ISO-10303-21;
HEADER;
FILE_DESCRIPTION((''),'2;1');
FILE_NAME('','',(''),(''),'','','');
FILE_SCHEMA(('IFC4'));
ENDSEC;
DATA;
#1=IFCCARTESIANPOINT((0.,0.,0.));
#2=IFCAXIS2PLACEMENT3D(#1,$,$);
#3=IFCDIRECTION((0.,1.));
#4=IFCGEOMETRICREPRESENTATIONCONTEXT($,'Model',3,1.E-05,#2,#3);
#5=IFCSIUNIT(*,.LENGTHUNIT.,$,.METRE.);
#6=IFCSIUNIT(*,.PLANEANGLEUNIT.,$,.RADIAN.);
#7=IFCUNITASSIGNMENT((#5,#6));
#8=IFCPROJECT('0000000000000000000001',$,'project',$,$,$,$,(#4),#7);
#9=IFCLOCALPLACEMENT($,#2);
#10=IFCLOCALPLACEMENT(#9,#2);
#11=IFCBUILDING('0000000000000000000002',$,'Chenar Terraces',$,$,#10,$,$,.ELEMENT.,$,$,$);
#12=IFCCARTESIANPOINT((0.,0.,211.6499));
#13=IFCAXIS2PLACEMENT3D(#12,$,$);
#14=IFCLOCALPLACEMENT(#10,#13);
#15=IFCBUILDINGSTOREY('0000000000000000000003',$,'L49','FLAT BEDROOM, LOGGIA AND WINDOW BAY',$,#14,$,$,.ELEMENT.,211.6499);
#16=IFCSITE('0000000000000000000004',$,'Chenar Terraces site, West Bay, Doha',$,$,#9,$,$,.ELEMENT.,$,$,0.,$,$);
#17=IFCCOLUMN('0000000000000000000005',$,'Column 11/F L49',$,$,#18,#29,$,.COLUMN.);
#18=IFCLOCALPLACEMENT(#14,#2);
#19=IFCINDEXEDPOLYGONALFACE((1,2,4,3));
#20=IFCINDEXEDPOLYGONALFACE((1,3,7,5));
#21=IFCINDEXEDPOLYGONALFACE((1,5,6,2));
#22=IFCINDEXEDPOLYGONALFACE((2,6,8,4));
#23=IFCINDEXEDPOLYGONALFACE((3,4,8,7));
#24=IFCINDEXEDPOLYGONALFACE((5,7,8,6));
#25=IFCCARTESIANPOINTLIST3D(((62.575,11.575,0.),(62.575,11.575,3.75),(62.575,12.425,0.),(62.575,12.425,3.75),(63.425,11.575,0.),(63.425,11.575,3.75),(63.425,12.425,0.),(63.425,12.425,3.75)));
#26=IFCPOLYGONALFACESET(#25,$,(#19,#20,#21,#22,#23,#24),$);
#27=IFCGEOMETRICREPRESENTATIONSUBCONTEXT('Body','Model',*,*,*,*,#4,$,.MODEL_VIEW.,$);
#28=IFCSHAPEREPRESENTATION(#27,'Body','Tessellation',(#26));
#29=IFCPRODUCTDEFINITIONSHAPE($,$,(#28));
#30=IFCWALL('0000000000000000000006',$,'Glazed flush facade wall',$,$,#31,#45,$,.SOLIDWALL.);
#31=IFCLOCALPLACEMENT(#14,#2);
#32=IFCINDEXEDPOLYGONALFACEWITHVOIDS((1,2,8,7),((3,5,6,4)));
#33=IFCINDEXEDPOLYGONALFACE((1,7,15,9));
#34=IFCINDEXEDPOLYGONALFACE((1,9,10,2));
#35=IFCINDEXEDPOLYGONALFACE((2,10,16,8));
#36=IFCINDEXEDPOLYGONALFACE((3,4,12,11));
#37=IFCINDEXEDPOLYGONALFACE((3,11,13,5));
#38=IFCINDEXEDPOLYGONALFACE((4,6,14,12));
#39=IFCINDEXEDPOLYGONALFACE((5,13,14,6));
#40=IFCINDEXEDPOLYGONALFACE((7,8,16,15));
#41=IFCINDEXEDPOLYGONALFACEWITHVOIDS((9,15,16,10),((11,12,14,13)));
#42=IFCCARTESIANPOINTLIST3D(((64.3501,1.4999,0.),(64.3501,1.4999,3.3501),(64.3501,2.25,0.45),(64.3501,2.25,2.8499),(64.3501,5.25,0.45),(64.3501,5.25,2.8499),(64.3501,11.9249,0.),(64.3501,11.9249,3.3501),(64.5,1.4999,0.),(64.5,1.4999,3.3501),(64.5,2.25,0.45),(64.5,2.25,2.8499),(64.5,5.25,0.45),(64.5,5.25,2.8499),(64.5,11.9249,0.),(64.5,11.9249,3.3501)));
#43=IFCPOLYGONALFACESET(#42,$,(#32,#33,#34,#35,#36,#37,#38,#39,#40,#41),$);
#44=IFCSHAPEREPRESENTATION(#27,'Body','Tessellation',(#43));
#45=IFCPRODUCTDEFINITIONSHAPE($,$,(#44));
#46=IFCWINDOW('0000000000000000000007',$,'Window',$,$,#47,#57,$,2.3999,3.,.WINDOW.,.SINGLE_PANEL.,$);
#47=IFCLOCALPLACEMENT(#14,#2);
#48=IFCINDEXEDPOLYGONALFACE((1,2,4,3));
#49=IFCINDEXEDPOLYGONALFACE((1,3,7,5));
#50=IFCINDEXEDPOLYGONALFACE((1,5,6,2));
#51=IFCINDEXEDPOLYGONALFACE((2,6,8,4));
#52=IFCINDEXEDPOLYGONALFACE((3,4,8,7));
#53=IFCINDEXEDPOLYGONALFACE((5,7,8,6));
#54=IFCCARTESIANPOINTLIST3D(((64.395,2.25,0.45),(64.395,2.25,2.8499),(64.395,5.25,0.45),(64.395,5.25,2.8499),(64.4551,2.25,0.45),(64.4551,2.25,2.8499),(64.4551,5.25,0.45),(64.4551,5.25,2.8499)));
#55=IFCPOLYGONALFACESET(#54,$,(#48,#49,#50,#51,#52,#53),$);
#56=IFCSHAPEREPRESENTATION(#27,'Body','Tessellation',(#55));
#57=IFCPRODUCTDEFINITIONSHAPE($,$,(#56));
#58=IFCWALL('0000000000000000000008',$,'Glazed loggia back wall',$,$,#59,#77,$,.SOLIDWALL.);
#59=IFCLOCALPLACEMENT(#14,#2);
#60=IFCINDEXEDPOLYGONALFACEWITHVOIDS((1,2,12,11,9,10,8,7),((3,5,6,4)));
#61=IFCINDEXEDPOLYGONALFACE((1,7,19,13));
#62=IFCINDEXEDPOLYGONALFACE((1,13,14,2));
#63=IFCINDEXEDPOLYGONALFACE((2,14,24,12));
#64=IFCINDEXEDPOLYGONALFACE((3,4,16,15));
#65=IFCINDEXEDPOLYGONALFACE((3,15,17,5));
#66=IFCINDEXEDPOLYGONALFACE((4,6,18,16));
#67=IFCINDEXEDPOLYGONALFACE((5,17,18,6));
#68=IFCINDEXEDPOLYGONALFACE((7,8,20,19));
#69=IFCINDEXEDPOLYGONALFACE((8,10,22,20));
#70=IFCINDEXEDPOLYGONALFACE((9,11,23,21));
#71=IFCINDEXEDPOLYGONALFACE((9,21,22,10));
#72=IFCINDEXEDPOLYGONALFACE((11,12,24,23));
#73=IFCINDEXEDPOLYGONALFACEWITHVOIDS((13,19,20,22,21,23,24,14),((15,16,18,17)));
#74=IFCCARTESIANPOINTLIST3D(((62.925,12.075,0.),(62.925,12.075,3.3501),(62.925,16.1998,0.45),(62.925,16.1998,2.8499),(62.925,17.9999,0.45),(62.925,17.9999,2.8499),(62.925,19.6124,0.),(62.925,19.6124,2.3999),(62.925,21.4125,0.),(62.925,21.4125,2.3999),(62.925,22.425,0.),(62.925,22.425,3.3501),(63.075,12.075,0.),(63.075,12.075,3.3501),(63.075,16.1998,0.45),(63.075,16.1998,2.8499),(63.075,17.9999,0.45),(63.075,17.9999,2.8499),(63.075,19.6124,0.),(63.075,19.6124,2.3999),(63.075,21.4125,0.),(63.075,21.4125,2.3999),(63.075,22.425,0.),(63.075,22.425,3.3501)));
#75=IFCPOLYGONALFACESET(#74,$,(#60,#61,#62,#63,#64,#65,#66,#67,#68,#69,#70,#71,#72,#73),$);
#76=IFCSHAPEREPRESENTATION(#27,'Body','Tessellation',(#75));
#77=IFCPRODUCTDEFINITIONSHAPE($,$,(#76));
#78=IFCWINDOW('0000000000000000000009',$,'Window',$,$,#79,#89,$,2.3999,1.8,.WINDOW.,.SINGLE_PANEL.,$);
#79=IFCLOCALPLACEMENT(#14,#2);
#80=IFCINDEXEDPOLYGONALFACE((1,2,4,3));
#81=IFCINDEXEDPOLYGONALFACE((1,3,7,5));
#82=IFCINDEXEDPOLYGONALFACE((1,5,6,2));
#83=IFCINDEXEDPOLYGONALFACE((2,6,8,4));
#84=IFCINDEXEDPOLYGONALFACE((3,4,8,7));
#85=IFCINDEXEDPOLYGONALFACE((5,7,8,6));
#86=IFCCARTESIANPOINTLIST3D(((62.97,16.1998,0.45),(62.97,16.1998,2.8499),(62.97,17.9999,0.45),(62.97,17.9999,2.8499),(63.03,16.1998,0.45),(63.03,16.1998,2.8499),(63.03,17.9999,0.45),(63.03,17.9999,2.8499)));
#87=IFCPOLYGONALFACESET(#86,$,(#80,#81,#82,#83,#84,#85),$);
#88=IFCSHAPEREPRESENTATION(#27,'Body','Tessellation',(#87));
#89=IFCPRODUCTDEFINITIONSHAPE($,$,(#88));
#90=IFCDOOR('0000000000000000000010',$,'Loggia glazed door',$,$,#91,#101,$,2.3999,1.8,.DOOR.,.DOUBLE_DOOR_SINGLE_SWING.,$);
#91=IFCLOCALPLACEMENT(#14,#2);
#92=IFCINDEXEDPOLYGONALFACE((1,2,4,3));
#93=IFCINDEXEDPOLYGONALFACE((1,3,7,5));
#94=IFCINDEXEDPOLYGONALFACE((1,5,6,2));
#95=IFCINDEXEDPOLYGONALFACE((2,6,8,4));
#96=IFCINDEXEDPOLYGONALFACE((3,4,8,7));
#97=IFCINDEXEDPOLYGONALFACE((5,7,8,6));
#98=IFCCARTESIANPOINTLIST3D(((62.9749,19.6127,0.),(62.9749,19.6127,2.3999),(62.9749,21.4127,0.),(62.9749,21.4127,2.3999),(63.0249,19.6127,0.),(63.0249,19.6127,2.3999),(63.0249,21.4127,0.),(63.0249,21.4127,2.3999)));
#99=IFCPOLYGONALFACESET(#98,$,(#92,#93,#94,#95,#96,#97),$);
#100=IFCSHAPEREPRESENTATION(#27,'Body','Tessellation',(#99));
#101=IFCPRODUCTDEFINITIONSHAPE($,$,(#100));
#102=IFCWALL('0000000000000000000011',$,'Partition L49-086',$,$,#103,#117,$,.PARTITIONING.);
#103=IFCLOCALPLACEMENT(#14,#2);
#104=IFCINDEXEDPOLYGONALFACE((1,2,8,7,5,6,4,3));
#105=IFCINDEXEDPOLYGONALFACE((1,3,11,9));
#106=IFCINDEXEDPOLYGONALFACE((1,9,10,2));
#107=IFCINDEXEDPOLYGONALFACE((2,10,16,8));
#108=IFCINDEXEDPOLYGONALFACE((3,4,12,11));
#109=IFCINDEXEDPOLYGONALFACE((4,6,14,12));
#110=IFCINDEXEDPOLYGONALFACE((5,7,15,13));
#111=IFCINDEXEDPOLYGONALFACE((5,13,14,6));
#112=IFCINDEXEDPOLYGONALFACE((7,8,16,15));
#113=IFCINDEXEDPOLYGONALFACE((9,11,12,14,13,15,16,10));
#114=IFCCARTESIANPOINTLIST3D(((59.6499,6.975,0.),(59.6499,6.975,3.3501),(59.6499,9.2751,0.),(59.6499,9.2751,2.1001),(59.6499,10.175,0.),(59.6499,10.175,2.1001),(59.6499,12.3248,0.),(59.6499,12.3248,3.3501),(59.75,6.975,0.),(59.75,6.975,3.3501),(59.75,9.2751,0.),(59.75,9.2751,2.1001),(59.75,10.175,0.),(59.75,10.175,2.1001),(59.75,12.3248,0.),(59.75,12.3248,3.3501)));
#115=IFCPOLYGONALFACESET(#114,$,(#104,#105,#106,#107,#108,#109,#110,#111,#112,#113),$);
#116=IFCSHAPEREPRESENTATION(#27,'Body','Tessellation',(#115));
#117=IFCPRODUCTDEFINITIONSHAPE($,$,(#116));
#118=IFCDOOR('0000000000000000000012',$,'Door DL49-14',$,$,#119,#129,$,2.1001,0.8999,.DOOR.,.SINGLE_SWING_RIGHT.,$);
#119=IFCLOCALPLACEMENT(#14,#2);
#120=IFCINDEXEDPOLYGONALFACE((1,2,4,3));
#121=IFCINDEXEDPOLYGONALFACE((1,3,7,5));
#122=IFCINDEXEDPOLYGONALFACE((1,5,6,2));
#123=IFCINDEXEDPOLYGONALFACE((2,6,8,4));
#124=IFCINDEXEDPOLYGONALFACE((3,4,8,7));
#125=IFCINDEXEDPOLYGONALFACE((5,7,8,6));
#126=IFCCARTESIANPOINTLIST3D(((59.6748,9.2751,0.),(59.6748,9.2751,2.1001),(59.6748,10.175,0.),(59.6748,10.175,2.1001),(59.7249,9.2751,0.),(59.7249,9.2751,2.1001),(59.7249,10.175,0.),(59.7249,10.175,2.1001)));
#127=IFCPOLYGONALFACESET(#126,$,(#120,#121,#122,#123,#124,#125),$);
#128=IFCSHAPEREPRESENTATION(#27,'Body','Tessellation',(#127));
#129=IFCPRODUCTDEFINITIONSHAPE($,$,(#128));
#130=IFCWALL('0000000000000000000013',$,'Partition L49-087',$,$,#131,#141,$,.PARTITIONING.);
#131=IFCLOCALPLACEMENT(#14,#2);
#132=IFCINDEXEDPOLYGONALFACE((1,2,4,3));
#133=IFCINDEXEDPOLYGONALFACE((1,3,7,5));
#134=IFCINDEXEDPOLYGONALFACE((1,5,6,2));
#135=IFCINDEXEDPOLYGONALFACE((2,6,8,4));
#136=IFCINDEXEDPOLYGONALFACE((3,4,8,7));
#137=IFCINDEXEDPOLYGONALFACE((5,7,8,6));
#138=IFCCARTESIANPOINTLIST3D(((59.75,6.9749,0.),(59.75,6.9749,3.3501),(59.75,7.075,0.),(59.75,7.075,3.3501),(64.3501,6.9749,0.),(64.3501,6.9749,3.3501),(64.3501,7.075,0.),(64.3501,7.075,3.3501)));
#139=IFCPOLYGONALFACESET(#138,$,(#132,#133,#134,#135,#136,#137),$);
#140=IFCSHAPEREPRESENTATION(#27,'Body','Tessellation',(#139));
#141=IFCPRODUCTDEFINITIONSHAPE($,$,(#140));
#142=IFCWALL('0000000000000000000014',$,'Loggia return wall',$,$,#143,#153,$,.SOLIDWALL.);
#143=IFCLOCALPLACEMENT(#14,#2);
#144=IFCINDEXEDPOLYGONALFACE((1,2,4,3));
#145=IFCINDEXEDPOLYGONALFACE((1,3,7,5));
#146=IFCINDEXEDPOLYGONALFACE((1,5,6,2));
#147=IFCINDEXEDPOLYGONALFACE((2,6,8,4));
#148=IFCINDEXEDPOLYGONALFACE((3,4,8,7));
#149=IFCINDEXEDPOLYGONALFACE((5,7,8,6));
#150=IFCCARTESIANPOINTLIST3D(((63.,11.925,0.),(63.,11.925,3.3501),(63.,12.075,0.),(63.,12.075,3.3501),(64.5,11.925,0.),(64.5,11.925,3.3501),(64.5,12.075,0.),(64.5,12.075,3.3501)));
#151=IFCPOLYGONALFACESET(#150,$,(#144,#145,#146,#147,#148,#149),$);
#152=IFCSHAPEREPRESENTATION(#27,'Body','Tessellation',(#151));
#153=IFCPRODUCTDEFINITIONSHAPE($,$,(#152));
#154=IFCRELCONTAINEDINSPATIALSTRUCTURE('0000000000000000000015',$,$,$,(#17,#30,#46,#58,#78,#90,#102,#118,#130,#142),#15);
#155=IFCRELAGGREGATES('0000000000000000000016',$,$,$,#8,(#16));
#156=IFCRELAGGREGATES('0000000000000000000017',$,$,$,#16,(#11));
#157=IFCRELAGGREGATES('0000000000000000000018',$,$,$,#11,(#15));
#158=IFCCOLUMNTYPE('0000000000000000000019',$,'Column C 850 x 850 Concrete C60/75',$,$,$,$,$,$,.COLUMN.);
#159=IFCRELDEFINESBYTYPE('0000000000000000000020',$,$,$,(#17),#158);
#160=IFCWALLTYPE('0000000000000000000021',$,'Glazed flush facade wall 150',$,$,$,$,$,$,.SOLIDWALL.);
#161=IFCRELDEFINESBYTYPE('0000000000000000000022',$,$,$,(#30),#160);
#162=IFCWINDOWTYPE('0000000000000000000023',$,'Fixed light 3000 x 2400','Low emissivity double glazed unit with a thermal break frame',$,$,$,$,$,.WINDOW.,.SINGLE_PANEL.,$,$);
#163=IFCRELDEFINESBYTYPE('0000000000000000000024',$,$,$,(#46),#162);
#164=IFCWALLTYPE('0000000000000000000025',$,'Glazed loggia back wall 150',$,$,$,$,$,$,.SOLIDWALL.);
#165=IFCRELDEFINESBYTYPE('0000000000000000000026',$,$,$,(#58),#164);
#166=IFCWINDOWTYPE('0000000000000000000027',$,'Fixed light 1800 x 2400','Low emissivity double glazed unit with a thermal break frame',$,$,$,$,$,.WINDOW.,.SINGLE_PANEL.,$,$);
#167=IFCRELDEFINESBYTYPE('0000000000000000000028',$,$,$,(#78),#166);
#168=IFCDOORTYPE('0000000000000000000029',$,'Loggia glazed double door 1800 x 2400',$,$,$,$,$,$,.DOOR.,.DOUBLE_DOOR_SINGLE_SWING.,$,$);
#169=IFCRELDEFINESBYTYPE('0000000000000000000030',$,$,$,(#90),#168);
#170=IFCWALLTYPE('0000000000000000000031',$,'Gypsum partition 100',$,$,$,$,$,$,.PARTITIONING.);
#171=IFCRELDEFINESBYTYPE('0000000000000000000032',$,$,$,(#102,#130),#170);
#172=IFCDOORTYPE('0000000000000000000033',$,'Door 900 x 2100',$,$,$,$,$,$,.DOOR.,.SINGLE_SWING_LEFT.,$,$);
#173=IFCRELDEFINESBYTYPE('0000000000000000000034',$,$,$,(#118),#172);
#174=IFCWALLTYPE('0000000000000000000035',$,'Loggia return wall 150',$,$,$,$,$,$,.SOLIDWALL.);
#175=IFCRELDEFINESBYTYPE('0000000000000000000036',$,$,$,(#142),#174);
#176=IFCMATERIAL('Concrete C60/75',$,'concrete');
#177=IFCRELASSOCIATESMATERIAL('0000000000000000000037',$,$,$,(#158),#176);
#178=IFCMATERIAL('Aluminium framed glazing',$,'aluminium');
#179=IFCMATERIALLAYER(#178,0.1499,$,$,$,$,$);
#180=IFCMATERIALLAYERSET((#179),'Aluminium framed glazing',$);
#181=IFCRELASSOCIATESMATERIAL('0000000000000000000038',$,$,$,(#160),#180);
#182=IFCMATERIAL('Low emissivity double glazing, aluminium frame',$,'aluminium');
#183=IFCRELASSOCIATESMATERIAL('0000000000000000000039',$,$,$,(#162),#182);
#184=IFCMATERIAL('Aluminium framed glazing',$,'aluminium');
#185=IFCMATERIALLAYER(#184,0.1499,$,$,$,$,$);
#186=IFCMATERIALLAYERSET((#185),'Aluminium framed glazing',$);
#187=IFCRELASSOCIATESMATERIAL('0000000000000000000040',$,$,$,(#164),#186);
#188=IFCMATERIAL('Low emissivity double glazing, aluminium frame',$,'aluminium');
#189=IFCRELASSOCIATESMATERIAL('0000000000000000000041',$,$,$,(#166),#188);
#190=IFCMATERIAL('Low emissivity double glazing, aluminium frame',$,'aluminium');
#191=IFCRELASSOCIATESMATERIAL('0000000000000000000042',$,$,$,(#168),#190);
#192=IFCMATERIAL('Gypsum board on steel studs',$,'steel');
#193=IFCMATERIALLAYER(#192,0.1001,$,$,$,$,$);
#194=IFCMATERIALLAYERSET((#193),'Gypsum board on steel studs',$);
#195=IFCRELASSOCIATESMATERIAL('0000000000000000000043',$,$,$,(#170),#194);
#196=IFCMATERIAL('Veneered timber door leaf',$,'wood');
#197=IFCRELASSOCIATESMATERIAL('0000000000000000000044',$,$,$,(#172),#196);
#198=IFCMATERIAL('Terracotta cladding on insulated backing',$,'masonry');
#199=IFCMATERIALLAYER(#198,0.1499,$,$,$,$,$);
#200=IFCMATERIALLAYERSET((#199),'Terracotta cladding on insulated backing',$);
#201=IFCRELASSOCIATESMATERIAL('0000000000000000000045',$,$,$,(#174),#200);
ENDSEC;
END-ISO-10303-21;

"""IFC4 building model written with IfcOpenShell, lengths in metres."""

from ifc_helpers import new_model, si_unit, direction, frame, frame_2d, origin, origin_2d, place, context, subcontext, project, spatial, rectangle, extrude, material, layer, layer_set, material_profile, profile_set, type_object, element, fill, save


model = new_model("IFC4")

# Units and contexts
model_context = context("Model", 3, precision=1e-05, world=origin(), true_north=direction((0.0, 1.0)))
body_context = subcontext(model_context, "Body", "Model", "MODEL_VIEW")
ifc_project = project(units=[si_unit("LENGTHUNIT", "METRE"), si_unit("PLANEANGLEUNIT", "RADIAN")], contexts=[model_context])

# Site, building, storey
site_placement = place(None, origin())
site = spatial("IfcSite", under=ifc_project, at=site_placement, Name="Chenar Terraces site, West Bay, Doha", CompositionType="ELEMENT", RefElevation=0.0)
building_placement = place(site_placement, origin())
building = spatial("IfcBuilding", under=site, at=building_placement, Name="Chenar Terraces", CompositionType="ELEMENT")
storey_placement = place(building_placement, frame((0.0, 0.0, 211.6499)))
storey = spatial("IfcBuildingStorey", under=building, at=storey_placement, Name="L49", Description="FLAT BEDROOM, LOGGIA AND WINDOW BAY", CompositionType="ELEMENT", Elevation=211.6499)

# Column
ifc_material_1 = material(Name="Concrete C60/75", Category="concrete")
ifc_material_profile_1 = material_profile(ifc_material_1, rectangle(XDim=0.8501, YDim=0.8501, at=origin_2d()), Name="C 850 x 850")
ifc_profile_set_1 = profile_set([ifc_material_profile_1], Name="Concrete C60/75")
column_type = type_object("IfcColumnType", Name="Column C 850 x 850 Concrete C60/75", PredefinedType="COLUMN", material=ifc_profile_set_1)
column_placement = place(storey_placement, frame((63.0, 12.0, 0.0), z_axis=(0.0, 0.0, 1.0), x_axis=(1.0, 0.0, 0.0)))
element("IfcColumn", 1, at=column_placement, inside=storey, type_object=column_type, Name="Column 11/F L49", PredefinedType="COLUMN", context=body_context, shape_type="SweptSolid", body=[
    extrude(rectangle(XDim=0.8501, YDim=0.8501, at=origin_2d()), origin(), (0.0, 0.0, 1.0), 3.75),
])

# Wall, opening, window
ifc_material_2 = material(Name="Aluminium framed glazing", Category="aluminium")
ifc_layer_1 = layer(ifc_material_2, 0.1499)
ifc_layer_set_1 = layer_set([ifc_layer_1], Name="Aluminium framed glazing")
wall_type_1 = type_object("IfcWallType", Name="Glazed flush facade wall 150", PredefinedType="SOLIDWALL", material=ifc_layer_set_1)
wall_1_placement = place(storey_placement, frame((64.425, 1.5, 0.0), z_axis=(0.0, 0.0, 1.0), x_axis=(0.0, 1.0, 0.0)))
wall_1 = element("IfcWall", 2, at=wall_1_placement, inside=storey, type_object=wall_type_1, Name="Glazed flush facade wall", PredefinedType="SOLIDWALL", context=body_context, shape_type="SweptSolid", body=[
    extrude(rectangle(XDim=10.425, YDim=0.1499, at=frame_2d((5.2124, 0.0))), origin(), (0.0, 0.0, 1.0), 3.3501),
])
opening_1_placement = place(wall_1_placement, frame((0.75, 0.0, 0.45)))
opening_1 = element("IfcOpeningElement", 3, at=opening_1_placement, cuts=wall_1, PredefinedType="OPENING", context=body_context, shape_type="SweptSolid", body=[
    extrude(rectangle(XDim=3.0, YDim=2.3999, at=frame_2d((1.5, 1.2))), frame((0.0, 0.085, 0.0), z_axis=(0.0, -1.0, 0.0), x_axis=(1.0, 0.0, 0.0)), (0.0, 0.0, 1.0), 0.1699),
])
ifc_material_3 = material(Name="Low emissivity double glazing, aluminium frame", Category="aluminium")
window_type_1 = type_object("IfcWindowType", Name="Fixed light 3000 x 2400", Description="Low emissivity double glazed unit with a thermal break frame", PartitioningType="SINGLE_PANEL", PredefinedType="WINDOW", material=ifc_material_3)
window_1_placement = place(opening_1_placement, origin())
window_1 = element("IfcWindow", 4, at=window_1_placement, inside=storey, type_object=window_type_1, Name="Window", OverallHeight=2.3999, OverallWidth=3.0, PartitioningType="SINGLE_PANEL", PredefinedType="WINDOW", context=body_context, shape_type="SweptSolid", body=[
    extrude(rectangle(XDim=3.0, YDim=2.3999, at=frame_2d((1.5, 1.2))), frame((0.0, 0.03, 0.0), z_axis=(0.0, -1.0, 0.0), x_axis=(1.0, 0.0, 0.0)), (0.0, 0.0, 1.0), 0.0601),
])
fill(opening_1, window_1)

# Wall, openings, window, door
ifc_material_4 = material(Name="Aluminium framed glazing", Category="aluminium")
ifc_layer_2 = layer(ifc_material_4, 0.1499)
ifc_layer_set_2 = layer_set([ifc_layer_2], Name="Aluminium framed glazing")
wall_type_2 = type_object("IfcWallType", Name="Glazed loggia back wall 150", PredefinedType="SOLIDWALL", material=ifc_layer_set_2)
wall_2_placement = place(storey_placement, frame((63.0, 12.075, 0.0), z_axis=(0.0, 0.0, 1.0), x_axis=(0.0, 1.0, 0.0)))
wall_2 = element("IfcWall", 5, at=wall_2_placement, inside=storey, type_object=wall_type_2, Name="Glazed loggia back wall", PredefinedType="SOLIDWALL", context=body_context, shape_type="SweptSolid", body=[
    extrude(rectangle(XDim=10.3501, YDim=0.1499, at=frame_2d((5.175, 0.0))), origin(), (0.0, 0.0, 1.0), 3.3501),
])
opening_2_placement = place(wall_2_placement, frame((4.125, 0.0, 0.45)))
opening_2 = element("IfcOpeningElement", 6, at=opening_2_placement, cuts=wall_2, PredefinedType="OPENING", context=body_context, shape_type="SweptSolid", body=[
    extrude(rectangle(XDim=1.8, YDim=2.3999, at=frame_2d((0.8999, 1.2))), frame((0.0, 0.085, 0.0), z_axis=(0.0, -1.0, 0.0), x_axis=(1.0, 0.0, 0.0)), (0.0, 0.0, 1.0), 0.1699),
])
opening_3_placement = place(wall_2_placement, frame((7.5376, 0.0, 0.0)))
opening_3 = element("IfcOpeningElement", 7, at=opening_3_placement, cuts=wall_2, PredefinedType="OPENING", context=body_context, shape_type="SweptSolid", body=[
    extrude(rectangle(XDim=1.8, YDim=2.3999, at=frame_2d((0.8999, 1.2))), frame((0.0, 0.085, 0.0), z_axis=(0.0, -1.0, 0.0), x_axis=(1.0, 0.0, 0.0)), (0.0, 0.0, 1.0), 0.1699),
])
ifc_material_5 = material(Name="Low emissivity double glazing, aluminium frame", Category="aluminium")
window_type_2 = type_object("IfcWindowType", Name="Fixed light 1800 x 2400", Description="Low emissivity double glazed unit with a thermal break frame", PartitioningType="SINGLE_PANEL", PredefinedType="WINDOW", material=ifc_material_5)
window_2_placement = place(opening_2_placement, origin())
window_2 = element("IfcWindow", 8, at=window_2_placement, inside=storey, type_object=window_type_2, Name="Window", OverallHeight=2.3999, OverallWidth=1.8, PartitioningType="SINGLE_PANEL", PredefinedType="WINDOW", context=body_context, shape_type="SweptSolid", body=[
    extrude(rectangle(XDim=1.8, YDim=2.3999, at=frame_2d((0.8999, 1.2))), frame((0.0, 0.03, 0.0), z_axis=(0.0, -1.0, 0.0), x_axis=(1.0, 0.0, 0.0)), (0.0, 0.0, 1.0), 0.0601),
])
fill(opening_2, window_2)
ifc_material_6 = material(Name="Low emissivity double glazing, aluminium frame", Category="aluminium")
door_type_1 = type_object("IfcDoorType", Name="Loggia glazed double door 1800 x 2400", OperationType="DOUBLE_DOOR_SINGLE_SWING", PredefinedType="DOOR", material=ifc_material_6)
door_1_placement = place(opening_3_placement, frame((1.8, 0.0, 0.0), z_axis=(0.0, 0.0, 1.0), x_axis=(-1.0, 0.0, 0.0)))
door_1 = element("IfcDoor", 9, at=door_1_placement, inside=storey, type_object=door_type_1, Name="Loggia glazed door", OperationType="DOUBLE_DOOR_SINGLE_SWING", OverallHeight=2.3999, OverallWidth=1.8, PredefinedType="DOOR", context=body_context, shape_type="SweptSolid", body=[
    extrude(rectangle(XDim=1.8, YDim=2.3999, at=frame_2d((0.8999, 1.2))), frame((0.0, 0.0249, 0.0), z_axis=(0.0, -1.0, 0.0), x_axis=(1.0, 0.0, 0.0)), (0.0, 0.0, 1.0), 0.05),
])
fill(opening_3, door_1)

# Wall, opening, door
ifc_material_7 = material(Name="Gypsum board on steel studs", Category="steel")
ifc_layer_3 = layer(ifc_material_7, 0.1001)
ifc_layer_set_3 = layer_set([ifc_layer_3], Name="Gypsum board on steel studs")
wall_type_3 = type_object("IfcWallType", Name="Gypsum partition 100", PredefinedType="PARTITIONING", material=ifc_layer_set_3)
wall_3_placement = place(storey_placement, frame((59.7, 6.9751, 0.0), z_axis=(0.0, 0.0, 1.0), x_axis=(0.0, 1.0, 0.0)))
wall_3 = element("IfcWall", 10, at=wall_3_placement, inside=storey, type_object=wall_type_3, Name="Partition L49-086", PredefinedType="PARTITIONING", context=body_context, shape_type="SweptSolid", body=[
    extrude(rectangle(XDim=5.3499, YDim=0.1001, at=frame_2d((2.6748, 0.0))), origin(), (0.0, 0.0, 1.0), 3.3501),
])
opening_4_placement = place(wall_3_placement, frame((2.3, 0.0, 0.0)))
opening_4 = element("IfcOpeningElement", 11, at=opening_4_placement, cuts=wall_3, PredefinedType="OPENING", context=body_context, shape_type="SweptSolid", body=[
    extrude(rectangle(XDim=0.8999, YDim=2.1001, at=frame_2d((0.45, 1.05))), frame((0.0, 0.0601, 0.0), z_axis=(0.0, -1.0, 0.0), x_axis=(1.0, 0.0, 0.0)), (0.0, 0.0, 1.0), 0.1201),
])
ifc_material_8 = material(Name="Veneered timber door leaf", Category="wood")
door_type_2 = type_object("IfcDoorType", Name="Door 900 x 2100", OperationType="SINGLE_SWING_LEFT", PredefinedType="DOOR", material=ifc_material_8)
door_2_placement = place(opening_4_placement, frame((0.8999, 0.0, 0.0), z_axis=(0.0, 0.0, 1.0), x_axis=(-1.0, 0.0, 0.0)))
door_2 = element("IfcDoor", 12, at=door_2_placement, inside=storey, type_object=door_type_2, Name="Door DL49-14", OperationType="SINGLE_SWING_RIGHT", OverallHeight=2.1001, OverallWidth=0.8999, PredefinedType="DOOR", context=body_context, shape_type="SweptSolid", body=[
    extrude(rectangle(XDim=0.8999, YDim=2.1001, at=frame_2d((0.45, 1.05))), frame((0.0, 0.0249, 0.0), z_axis=(0.0, -1.0, 0.0), x_axis=(1.0, 0.0, 0.0)), (0.0, 0.0, 1.0), 0.05),
])
fill(opening_4, door_2)

# Walls
wall_4_placement = place(storey_placement, frame((59.75, 7.0249, 0.0), z_axis=(0.0, 0.0, 1.0), x_axis=(1.0, 0.0, 0.0)))
element("IfcWall", 13, at=wall_4_placement, inside=storey, type_object=wall_type_3, Name="Partition L49-087", PredefinedType="PARTITIONING", context=body_context, shape_type="SweptSolid", body=[
    extrude(rectangle(XDim=4.6001, YDim=0.1001, at=frame_2d((2.3, 0.0))), origin(), (0.0, 0.0, 1.0), 3.3501),
])
ifc_material_9 = material(Name="Terracotta cladding on insulated backing", Category="masonry")
ifc_layer_4 = layer(ifc_material_9, 0.1499)
ifc_layer_set_4 = layer_set([ifc_layer_4], Name="Terracotta cladding on insulated backing")
wall_type_4 = type_object("IfcWallType", Name="Loggia return wall 150", PredefinedType="SOLIDWALL", material=ifc_layer_set_4)
wall_5_placement = place(storey_placement, frame((64.5, 12.0, 0.0), z_axis=(0.0, 0.0, 1.0), x_axis=(-1.0, 0.0, 0.0)))
element("IfcWall", 14, at=wall_5_placement, inside=storey, type_object=wall_type_4, Name="Loggia return wall", PredefinedType="SOLIDWALL", context=body_context, shape_type="SweptSolid", body=[
    extrude(rectangle(XDim=1.5, YDim=0.1499, at=frame_2d((0.75, 0.0))), origin(), (0.0, 0.0, 1.0), 3.3501),
])

save(model, "model.ifc")
